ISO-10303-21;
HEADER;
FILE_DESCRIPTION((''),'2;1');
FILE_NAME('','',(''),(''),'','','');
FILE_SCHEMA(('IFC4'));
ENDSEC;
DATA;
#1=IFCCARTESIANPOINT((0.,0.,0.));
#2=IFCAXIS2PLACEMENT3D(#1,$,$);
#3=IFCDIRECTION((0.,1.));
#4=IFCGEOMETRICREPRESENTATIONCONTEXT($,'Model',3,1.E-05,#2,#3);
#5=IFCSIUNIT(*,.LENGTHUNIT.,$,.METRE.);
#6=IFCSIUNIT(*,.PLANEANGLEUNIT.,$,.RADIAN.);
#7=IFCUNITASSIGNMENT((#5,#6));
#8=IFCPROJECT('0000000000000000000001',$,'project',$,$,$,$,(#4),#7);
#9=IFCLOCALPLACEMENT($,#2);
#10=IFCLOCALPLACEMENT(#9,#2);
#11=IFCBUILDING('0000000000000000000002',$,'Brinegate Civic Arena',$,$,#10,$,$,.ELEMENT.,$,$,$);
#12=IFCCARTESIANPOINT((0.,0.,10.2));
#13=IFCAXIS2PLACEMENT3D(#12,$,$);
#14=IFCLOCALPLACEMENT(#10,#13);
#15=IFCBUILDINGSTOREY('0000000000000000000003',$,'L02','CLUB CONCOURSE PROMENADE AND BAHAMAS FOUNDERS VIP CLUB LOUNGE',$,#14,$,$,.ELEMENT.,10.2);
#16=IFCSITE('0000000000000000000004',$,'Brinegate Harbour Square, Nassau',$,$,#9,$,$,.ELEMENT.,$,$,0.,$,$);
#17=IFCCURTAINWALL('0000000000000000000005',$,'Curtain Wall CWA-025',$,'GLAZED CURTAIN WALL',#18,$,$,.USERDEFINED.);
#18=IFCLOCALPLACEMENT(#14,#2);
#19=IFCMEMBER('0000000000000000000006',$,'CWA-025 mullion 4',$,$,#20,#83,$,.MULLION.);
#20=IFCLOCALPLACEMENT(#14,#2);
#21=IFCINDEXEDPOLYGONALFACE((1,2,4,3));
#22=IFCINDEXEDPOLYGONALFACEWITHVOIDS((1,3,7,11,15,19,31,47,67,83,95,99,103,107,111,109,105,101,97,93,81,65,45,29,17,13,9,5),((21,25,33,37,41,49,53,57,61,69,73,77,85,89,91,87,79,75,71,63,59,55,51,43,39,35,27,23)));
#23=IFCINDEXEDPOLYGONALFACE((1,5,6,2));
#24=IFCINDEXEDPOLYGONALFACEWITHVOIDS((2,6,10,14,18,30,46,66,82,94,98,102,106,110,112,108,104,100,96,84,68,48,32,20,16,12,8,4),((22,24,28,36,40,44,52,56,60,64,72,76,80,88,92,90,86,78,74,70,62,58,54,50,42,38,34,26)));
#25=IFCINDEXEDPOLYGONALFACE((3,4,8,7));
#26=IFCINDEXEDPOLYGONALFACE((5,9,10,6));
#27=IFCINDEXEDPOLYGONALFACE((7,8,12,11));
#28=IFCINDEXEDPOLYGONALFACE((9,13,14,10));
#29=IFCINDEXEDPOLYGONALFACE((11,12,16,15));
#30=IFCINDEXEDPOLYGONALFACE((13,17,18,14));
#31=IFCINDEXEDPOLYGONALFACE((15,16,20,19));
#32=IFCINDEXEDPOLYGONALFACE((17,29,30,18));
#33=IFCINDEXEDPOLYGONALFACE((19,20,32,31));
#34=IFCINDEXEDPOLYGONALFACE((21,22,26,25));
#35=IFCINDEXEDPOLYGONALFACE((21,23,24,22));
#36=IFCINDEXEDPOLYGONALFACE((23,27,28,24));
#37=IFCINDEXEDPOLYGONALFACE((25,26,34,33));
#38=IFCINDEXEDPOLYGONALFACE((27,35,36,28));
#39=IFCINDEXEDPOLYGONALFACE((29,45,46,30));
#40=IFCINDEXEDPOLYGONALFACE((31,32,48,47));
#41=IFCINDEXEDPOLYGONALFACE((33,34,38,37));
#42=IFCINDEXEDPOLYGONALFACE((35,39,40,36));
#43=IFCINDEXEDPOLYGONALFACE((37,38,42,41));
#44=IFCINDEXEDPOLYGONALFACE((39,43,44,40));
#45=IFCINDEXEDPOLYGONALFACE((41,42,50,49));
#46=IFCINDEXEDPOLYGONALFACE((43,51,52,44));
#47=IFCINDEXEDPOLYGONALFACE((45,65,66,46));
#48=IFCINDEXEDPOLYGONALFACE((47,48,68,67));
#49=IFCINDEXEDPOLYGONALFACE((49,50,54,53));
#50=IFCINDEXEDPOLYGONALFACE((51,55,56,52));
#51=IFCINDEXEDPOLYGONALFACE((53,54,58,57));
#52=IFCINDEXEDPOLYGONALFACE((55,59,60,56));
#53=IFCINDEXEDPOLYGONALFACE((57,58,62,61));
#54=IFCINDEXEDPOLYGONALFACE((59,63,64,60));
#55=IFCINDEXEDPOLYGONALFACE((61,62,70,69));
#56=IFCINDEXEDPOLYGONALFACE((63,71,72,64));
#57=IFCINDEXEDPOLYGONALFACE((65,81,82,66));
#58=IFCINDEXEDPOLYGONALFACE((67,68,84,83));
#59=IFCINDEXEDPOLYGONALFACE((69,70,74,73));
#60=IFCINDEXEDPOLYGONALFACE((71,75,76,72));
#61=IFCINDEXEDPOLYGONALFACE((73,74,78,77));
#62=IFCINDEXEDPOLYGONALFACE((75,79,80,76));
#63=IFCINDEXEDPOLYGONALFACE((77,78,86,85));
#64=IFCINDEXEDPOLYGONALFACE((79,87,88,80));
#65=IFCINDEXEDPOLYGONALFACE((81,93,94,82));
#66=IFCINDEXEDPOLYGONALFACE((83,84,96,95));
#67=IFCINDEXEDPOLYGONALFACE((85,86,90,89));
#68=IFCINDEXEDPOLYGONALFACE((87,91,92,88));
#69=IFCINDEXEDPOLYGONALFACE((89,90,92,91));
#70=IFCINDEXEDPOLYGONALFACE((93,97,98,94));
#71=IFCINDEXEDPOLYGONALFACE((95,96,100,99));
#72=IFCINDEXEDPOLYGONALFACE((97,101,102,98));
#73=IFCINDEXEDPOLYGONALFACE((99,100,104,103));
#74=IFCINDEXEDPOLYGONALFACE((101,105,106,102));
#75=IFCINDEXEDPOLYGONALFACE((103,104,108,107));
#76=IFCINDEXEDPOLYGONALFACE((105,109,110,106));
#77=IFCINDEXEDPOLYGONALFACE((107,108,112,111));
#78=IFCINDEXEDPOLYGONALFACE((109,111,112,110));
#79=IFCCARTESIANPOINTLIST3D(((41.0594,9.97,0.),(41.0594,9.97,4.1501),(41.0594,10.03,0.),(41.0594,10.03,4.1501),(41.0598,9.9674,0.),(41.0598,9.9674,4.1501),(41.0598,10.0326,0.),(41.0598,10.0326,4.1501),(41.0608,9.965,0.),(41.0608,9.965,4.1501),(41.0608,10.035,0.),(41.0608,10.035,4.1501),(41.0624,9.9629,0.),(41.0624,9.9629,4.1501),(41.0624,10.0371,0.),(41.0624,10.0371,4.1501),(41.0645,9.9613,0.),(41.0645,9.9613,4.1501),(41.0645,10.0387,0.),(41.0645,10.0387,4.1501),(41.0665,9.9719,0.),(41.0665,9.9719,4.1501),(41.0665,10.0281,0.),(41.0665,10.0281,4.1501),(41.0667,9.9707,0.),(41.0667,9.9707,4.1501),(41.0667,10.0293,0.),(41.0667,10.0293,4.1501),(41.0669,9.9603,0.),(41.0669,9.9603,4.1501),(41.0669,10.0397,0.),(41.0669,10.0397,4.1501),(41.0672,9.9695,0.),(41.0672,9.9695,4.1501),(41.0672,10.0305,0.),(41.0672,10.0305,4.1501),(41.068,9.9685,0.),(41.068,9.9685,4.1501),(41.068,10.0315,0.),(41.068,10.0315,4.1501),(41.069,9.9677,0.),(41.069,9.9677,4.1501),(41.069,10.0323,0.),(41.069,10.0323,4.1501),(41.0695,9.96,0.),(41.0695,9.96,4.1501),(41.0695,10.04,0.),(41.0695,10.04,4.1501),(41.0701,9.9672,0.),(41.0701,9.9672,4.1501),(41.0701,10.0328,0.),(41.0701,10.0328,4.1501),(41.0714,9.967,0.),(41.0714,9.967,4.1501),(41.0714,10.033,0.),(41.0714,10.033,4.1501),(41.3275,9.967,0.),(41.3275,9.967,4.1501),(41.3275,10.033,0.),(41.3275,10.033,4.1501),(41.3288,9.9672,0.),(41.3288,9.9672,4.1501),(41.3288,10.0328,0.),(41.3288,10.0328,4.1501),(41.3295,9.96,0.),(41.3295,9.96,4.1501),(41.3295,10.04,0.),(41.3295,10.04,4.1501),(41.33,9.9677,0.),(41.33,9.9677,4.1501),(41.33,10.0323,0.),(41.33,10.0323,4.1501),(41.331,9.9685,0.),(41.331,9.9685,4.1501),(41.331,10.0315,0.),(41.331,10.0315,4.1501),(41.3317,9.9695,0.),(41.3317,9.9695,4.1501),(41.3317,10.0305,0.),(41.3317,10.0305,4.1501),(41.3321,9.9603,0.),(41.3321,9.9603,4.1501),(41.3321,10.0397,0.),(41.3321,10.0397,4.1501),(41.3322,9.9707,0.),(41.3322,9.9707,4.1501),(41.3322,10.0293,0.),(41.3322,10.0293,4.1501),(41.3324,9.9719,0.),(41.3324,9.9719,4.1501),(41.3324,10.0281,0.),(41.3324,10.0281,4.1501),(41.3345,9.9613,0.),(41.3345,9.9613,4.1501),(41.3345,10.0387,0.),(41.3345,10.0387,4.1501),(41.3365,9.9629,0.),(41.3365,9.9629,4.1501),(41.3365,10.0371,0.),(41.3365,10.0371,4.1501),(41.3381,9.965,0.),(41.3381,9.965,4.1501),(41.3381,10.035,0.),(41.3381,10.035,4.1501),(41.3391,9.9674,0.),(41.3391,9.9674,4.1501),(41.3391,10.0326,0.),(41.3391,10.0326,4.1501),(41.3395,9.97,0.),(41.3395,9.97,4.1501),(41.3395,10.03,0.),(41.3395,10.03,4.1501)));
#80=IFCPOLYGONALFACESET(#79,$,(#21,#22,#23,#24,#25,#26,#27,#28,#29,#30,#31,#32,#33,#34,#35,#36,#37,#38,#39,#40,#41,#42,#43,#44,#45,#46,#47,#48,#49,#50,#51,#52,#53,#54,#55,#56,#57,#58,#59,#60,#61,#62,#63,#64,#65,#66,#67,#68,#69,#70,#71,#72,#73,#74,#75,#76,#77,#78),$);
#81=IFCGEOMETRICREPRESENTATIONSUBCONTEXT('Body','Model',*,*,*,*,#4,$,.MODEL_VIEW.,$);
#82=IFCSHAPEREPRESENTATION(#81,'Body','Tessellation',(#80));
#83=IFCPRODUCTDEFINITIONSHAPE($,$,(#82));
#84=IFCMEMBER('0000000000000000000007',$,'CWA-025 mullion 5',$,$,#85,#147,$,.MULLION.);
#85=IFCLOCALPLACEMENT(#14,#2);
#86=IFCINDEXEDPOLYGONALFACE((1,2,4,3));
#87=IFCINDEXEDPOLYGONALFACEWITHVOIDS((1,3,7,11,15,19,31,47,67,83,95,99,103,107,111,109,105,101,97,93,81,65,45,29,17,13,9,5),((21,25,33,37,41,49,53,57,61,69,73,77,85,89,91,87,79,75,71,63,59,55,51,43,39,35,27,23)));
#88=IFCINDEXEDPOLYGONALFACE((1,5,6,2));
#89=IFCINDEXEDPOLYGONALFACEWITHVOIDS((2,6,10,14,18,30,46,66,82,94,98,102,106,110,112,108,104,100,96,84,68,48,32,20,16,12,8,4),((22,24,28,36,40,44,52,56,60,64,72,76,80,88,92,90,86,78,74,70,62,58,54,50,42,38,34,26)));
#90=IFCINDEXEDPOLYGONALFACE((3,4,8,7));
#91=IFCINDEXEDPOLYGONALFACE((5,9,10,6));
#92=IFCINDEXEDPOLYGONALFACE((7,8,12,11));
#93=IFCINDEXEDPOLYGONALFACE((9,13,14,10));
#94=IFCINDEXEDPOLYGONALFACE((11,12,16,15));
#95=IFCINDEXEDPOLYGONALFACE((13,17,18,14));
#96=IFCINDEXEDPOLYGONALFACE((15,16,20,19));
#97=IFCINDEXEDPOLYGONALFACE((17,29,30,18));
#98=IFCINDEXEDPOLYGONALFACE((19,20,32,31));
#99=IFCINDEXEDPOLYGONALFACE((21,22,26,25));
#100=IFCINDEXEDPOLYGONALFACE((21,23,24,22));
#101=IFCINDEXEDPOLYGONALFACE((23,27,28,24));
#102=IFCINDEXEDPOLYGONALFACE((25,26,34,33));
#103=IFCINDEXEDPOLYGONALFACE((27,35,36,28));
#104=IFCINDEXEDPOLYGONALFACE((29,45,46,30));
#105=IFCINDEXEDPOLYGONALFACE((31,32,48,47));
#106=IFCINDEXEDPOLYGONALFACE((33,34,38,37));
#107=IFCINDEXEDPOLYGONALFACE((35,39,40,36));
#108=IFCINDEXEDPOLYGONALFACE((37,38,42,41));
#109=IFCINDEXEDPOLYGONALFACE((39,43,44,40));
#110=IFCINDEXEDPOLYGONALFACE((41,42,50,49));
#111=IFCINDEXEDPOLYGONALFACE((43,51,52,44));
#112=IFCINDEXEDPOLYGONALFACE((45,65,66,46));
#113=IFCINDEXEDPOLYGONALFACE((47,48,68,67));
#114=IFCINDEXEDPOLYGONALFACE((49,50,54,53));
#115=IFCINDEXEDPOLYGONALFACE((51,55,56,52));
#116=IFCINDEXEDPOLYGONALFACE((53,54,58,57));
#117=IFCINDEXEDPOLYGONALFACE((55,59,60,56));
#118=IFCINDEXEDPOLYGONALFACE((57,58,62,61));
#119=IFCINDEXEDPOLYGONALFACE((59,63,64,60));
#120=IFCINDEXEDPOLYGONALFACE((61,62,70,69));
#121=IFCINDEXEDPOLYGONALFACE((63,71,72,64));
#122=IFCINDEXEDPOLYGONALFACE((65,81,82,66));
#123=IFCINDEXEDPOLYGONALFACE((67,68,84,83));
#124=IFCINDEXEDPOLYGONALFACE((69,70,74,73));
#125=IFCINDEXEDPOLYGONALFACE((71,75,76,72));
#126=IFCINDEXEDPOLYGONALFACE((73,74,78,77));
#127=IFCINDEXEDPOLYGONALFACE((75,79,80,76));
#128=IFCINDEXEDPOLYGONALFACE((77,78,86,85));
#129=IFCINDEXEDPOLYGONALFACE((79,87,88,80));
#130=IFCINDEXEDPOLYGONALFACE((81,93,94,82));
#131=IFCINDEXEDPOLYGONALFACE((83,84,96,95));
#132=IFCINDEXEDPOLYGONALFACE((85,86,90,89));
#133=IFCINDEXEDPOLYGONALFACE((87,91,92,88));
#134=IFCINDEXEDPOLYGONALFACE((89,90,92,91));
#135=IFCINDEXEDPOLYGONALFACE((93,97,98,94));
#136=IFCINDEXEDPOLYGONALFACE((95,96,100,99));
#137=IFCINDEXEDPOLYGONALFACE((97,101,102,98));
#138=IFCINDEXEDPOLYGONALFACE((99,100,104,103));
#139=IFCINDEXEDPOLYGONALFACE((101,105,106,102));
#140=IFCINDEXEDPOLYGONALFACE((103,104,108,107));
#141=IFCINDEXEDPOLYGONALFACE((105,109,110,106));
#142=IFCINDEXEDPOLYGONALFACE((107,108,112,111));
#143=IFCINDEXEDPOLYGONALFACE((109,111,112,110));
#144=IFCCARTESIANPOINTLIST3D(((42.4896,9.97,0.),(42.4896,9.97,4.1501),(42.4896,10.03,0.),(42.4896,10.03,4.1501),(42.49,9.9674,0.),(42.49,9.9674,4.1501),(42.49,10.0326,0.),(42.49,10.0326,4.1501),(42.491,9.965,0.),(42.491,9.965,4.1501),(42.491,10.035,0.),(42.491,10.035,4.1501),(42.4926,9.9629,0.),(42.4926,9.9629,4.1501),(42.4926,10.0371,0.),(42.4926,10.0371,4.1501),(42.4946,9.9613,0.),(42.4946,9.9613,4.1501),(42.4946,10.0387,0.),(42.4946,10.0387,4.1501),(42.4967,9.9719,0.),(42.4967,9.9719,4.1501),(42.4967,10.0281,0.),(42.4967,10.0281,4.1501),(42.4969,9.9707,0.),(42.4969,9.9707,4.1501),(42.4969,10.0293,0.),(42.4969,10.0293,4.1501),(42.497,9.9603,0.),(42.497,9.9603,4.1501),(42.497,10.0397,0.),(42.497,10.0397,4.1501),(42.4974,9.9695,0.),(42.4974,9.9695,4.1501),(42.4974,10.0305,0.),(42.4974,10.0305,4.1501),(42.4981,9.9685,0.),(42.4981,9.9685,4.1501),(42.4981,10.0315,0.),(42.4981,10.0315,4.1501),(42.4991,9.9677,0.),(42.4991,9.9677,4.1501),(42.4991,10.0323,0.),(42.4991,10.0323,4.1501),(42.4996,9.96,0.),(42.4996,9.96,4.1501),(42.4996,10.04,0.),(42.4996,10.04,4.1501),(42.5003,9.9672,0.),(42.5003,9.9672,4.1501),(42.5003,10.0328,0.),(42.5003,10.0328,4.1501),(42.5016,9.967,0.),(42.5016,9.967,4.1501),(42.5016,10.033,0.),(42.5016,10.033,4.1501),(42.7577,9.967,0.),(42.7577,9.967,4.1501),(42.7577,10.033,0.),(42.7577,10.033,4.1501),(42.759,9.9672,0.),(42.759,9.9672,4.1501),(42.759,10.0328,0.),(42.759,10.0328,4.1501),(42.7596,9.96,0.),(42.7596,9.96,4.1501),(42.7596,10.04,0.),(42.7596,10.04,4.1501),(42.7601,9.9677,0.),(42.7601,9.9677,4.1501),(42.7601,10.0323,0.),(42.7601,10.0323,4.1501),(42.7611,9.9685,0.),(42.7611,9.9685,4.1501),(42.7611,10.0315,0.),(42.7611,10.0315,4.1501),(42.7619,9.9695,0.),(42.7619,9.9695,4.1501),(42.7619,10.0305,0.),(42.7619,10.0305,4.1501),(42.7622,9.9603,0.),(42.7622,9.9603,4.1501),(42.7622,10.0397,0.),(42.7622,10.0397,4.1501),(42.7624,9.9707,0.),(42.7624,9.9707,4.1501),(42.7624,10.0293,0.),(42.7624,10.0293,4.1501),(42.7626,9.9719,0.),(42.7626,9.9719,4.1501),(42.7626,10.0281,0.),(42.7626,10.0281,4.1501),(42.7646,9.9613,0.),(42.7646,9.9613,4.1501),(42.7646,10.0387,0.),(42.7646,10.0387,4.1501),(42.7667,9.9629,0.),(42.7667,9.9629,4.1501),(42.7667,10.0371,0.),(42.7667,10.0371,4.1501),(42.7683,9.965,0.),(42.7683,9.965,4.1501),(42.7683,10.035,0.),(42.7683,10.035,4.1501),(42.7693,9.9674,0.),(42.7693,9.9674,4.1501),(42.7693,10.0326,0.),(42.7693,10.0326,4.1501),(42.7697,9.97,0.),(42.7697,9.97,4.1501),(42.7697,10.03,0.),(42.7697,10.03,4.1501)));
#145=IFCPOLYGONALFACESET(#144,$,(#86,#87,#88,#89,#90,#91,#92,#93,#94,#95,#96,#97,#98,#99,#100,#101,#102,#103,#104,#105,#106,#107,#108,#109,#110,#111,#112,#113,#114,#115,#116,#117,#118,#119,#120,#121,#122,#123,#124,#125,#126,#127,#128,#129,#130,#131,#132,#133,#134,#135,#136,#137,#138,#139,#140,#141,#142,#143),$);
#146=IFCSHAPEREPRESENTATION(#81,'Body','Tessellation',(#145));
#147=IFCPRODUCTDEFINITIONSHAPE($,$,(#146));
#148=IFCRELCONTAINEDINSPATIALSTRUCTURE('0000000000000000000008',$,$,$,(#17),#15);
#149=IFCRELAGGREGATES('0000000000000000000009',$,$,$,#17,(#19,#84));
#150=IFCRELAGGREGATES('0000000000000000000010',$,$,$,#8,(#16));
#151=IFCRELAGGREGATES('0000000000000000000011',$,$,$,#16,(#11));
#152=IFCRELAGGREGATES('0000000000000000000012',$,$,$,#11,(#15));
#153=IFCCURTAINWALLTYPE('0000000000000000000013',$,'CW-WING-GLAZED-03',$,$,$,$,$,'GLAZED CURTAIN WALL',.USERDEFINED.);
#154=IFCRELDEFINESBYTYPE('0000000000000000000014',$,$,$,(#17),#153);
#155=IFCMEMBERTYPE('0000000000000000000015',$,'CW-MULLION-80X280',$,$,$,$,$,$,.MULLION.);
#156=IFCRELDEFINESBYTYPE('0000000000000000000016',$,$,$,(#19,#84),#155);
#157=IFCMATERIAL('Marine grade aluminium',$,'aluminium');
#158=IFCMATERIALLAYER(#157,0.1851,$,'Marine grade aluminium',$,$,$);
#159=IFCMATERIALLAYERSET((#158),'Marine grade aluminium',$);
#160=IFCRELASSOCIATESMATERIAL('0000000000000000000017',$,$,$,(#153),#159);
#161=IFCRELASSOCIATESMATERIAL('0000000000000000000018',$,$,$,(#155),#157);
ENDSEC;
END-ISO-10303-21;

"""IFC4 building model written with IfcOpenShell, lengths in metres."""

from ifc_helpers import new_model, si_unit, direction, frame, origin, origin_2d, place, context, subcontext, project, spatial, hollow_rectangle, extrude, material, layer, layer_set, material_profile, profile_set, type_object, element, aggregate, save


model = new_model("IFC4")

# Units and contexts
model_context = context("Model", 3, precision=1e-05, world=origin(), true_north=direction((0.0, 1.0)))
body_context = subcontext(model_context, "Body", "Model", "MODEL_VIEW")
ifc_project = project(units=[si_unit("LENGTHUNIT", "METRE"), si_unit("PLANEANGLEUNIT", "RADIAN")], contexts=[model_context])

# Site, building, storey
site_placement = place(None, origin())
site = spatial("IfcSite", under=ifc_project, at=site_placement, Name="Brinegate Harbour Square, Nassau", CompositionType="ELEMENT", RefElevation=0.0)
building_placement = place(site_placement, origin())
building = spatial("IfcBuilding", under=site, at=building_placement, Name="Brinegate Civic Arena", CompositionType="ELEMENT")
storey_placement = place(building_placement, frame((0.0, 0.0, 10.2)))
storey = spatial("IfcBuildingStorey", under=building, at=storey_placement, Name="L02", Description="CLUB CONCOURSE PROMENADE AND BAHAMAS FOUNDERS VIP CLUB LOUNGE", CompositionType="ELEMENT", Elevation=10.2)

# Curtain wall, members
ifc_material_1 = material(Name="Marine grade aluminium", Category="aluminium")
ifc_layer_1 = layer(ifc_material_1, 0.1851, Name="Marine grade aluminium")
ifc_layer_set_1 = layer_set([ifc_layer_1], Name="Marine grade aluminium")
curtain_wall_type = type_object("IfcCurtainWallType", Name="CW-WING-GLAZED-03", ElementType="GLAZED CURTAIN WALL", PredefinedType="USERDEFINED", material=ifc_layer_set_1)
curtain_wall_1_placement = place(storey_placement, origin())
curtain_wall_1 = element("IfcCurtainWall", 1, at=curtain_wall_1_placement, inside=storey, type_object=curtain_wall_type, Name="Curtain Wall CWA-025", ObjectType="GLAZED CURTAIN WALL", PredefinedType="USERDEFINED")
ifc_material_profile_1 = material_profile(ifc_material_1, hollow_rectangle(XDim=0.0801, YDim=0.28, WallThickness=0.0071, InnerFilletRadius=0.0049, OuterFilletRadius=0.01, at=origin_2d()), Name="MUL80X280")
ifc_profile_set_1 = profile_set([ifc_material_profile_1], Name="Marine grade aluminium")
member_type_1 = type_object("IfcMemberType", Name="CW-MULLION-80X280", PredefinedType="MULLION", material=ifc_profile_set_1)
member_1_placement = place(storey_placement, frame((41.1995, 10.0, 0.0), z_axis=(0.0, 0.0, 1.0), x_axis=(0.0, 1.0, 0.0)))
member_1 = element("IfcMember", 2, at=member_1_placement, type_object=member_type_1, Name="CWA-025 mullion 4", PredefinedType="MULLION", context=body_context, shape_type="SweptSolid", body=[
    extrude(hollow_rectangle(XDim=0.0801, YDim=0.28, WallThickness=0.0071, InnerFilletRadius=0.0049, OuterFilletRadius=0.01, at=origin_2d()), origin(), (0.0, 0.0, 1.0), 4.1501),
])
member_2_placement = place(storey_placement, frame((42.6296, 10.0, 0.0), z_axis=(0.0, 0.0, 1.0), x_axis=(0.0, 1.0, 0.0)))
member_2 = element("IfcMember", 3, at=member_2_placement, type_object=member_type_1, Name="CWA-025 mullion 5", PredefinedType="MULLION", context=body_context, shape_type="SweptSolid", body=[
    extrude(hollow_rectangle(XDim=0.0801, YDim=0.28, WallThickness=0.0071, InnerFilletRadius=0.0049, OuterFilletRadius=0.01, at=origin_2d()), origin(), (0.0, 0.0, 1.0), 4.1501),
])

aggregate(curtain_wall_1, [member_1, member_2])

save(model, "model.ifc")
